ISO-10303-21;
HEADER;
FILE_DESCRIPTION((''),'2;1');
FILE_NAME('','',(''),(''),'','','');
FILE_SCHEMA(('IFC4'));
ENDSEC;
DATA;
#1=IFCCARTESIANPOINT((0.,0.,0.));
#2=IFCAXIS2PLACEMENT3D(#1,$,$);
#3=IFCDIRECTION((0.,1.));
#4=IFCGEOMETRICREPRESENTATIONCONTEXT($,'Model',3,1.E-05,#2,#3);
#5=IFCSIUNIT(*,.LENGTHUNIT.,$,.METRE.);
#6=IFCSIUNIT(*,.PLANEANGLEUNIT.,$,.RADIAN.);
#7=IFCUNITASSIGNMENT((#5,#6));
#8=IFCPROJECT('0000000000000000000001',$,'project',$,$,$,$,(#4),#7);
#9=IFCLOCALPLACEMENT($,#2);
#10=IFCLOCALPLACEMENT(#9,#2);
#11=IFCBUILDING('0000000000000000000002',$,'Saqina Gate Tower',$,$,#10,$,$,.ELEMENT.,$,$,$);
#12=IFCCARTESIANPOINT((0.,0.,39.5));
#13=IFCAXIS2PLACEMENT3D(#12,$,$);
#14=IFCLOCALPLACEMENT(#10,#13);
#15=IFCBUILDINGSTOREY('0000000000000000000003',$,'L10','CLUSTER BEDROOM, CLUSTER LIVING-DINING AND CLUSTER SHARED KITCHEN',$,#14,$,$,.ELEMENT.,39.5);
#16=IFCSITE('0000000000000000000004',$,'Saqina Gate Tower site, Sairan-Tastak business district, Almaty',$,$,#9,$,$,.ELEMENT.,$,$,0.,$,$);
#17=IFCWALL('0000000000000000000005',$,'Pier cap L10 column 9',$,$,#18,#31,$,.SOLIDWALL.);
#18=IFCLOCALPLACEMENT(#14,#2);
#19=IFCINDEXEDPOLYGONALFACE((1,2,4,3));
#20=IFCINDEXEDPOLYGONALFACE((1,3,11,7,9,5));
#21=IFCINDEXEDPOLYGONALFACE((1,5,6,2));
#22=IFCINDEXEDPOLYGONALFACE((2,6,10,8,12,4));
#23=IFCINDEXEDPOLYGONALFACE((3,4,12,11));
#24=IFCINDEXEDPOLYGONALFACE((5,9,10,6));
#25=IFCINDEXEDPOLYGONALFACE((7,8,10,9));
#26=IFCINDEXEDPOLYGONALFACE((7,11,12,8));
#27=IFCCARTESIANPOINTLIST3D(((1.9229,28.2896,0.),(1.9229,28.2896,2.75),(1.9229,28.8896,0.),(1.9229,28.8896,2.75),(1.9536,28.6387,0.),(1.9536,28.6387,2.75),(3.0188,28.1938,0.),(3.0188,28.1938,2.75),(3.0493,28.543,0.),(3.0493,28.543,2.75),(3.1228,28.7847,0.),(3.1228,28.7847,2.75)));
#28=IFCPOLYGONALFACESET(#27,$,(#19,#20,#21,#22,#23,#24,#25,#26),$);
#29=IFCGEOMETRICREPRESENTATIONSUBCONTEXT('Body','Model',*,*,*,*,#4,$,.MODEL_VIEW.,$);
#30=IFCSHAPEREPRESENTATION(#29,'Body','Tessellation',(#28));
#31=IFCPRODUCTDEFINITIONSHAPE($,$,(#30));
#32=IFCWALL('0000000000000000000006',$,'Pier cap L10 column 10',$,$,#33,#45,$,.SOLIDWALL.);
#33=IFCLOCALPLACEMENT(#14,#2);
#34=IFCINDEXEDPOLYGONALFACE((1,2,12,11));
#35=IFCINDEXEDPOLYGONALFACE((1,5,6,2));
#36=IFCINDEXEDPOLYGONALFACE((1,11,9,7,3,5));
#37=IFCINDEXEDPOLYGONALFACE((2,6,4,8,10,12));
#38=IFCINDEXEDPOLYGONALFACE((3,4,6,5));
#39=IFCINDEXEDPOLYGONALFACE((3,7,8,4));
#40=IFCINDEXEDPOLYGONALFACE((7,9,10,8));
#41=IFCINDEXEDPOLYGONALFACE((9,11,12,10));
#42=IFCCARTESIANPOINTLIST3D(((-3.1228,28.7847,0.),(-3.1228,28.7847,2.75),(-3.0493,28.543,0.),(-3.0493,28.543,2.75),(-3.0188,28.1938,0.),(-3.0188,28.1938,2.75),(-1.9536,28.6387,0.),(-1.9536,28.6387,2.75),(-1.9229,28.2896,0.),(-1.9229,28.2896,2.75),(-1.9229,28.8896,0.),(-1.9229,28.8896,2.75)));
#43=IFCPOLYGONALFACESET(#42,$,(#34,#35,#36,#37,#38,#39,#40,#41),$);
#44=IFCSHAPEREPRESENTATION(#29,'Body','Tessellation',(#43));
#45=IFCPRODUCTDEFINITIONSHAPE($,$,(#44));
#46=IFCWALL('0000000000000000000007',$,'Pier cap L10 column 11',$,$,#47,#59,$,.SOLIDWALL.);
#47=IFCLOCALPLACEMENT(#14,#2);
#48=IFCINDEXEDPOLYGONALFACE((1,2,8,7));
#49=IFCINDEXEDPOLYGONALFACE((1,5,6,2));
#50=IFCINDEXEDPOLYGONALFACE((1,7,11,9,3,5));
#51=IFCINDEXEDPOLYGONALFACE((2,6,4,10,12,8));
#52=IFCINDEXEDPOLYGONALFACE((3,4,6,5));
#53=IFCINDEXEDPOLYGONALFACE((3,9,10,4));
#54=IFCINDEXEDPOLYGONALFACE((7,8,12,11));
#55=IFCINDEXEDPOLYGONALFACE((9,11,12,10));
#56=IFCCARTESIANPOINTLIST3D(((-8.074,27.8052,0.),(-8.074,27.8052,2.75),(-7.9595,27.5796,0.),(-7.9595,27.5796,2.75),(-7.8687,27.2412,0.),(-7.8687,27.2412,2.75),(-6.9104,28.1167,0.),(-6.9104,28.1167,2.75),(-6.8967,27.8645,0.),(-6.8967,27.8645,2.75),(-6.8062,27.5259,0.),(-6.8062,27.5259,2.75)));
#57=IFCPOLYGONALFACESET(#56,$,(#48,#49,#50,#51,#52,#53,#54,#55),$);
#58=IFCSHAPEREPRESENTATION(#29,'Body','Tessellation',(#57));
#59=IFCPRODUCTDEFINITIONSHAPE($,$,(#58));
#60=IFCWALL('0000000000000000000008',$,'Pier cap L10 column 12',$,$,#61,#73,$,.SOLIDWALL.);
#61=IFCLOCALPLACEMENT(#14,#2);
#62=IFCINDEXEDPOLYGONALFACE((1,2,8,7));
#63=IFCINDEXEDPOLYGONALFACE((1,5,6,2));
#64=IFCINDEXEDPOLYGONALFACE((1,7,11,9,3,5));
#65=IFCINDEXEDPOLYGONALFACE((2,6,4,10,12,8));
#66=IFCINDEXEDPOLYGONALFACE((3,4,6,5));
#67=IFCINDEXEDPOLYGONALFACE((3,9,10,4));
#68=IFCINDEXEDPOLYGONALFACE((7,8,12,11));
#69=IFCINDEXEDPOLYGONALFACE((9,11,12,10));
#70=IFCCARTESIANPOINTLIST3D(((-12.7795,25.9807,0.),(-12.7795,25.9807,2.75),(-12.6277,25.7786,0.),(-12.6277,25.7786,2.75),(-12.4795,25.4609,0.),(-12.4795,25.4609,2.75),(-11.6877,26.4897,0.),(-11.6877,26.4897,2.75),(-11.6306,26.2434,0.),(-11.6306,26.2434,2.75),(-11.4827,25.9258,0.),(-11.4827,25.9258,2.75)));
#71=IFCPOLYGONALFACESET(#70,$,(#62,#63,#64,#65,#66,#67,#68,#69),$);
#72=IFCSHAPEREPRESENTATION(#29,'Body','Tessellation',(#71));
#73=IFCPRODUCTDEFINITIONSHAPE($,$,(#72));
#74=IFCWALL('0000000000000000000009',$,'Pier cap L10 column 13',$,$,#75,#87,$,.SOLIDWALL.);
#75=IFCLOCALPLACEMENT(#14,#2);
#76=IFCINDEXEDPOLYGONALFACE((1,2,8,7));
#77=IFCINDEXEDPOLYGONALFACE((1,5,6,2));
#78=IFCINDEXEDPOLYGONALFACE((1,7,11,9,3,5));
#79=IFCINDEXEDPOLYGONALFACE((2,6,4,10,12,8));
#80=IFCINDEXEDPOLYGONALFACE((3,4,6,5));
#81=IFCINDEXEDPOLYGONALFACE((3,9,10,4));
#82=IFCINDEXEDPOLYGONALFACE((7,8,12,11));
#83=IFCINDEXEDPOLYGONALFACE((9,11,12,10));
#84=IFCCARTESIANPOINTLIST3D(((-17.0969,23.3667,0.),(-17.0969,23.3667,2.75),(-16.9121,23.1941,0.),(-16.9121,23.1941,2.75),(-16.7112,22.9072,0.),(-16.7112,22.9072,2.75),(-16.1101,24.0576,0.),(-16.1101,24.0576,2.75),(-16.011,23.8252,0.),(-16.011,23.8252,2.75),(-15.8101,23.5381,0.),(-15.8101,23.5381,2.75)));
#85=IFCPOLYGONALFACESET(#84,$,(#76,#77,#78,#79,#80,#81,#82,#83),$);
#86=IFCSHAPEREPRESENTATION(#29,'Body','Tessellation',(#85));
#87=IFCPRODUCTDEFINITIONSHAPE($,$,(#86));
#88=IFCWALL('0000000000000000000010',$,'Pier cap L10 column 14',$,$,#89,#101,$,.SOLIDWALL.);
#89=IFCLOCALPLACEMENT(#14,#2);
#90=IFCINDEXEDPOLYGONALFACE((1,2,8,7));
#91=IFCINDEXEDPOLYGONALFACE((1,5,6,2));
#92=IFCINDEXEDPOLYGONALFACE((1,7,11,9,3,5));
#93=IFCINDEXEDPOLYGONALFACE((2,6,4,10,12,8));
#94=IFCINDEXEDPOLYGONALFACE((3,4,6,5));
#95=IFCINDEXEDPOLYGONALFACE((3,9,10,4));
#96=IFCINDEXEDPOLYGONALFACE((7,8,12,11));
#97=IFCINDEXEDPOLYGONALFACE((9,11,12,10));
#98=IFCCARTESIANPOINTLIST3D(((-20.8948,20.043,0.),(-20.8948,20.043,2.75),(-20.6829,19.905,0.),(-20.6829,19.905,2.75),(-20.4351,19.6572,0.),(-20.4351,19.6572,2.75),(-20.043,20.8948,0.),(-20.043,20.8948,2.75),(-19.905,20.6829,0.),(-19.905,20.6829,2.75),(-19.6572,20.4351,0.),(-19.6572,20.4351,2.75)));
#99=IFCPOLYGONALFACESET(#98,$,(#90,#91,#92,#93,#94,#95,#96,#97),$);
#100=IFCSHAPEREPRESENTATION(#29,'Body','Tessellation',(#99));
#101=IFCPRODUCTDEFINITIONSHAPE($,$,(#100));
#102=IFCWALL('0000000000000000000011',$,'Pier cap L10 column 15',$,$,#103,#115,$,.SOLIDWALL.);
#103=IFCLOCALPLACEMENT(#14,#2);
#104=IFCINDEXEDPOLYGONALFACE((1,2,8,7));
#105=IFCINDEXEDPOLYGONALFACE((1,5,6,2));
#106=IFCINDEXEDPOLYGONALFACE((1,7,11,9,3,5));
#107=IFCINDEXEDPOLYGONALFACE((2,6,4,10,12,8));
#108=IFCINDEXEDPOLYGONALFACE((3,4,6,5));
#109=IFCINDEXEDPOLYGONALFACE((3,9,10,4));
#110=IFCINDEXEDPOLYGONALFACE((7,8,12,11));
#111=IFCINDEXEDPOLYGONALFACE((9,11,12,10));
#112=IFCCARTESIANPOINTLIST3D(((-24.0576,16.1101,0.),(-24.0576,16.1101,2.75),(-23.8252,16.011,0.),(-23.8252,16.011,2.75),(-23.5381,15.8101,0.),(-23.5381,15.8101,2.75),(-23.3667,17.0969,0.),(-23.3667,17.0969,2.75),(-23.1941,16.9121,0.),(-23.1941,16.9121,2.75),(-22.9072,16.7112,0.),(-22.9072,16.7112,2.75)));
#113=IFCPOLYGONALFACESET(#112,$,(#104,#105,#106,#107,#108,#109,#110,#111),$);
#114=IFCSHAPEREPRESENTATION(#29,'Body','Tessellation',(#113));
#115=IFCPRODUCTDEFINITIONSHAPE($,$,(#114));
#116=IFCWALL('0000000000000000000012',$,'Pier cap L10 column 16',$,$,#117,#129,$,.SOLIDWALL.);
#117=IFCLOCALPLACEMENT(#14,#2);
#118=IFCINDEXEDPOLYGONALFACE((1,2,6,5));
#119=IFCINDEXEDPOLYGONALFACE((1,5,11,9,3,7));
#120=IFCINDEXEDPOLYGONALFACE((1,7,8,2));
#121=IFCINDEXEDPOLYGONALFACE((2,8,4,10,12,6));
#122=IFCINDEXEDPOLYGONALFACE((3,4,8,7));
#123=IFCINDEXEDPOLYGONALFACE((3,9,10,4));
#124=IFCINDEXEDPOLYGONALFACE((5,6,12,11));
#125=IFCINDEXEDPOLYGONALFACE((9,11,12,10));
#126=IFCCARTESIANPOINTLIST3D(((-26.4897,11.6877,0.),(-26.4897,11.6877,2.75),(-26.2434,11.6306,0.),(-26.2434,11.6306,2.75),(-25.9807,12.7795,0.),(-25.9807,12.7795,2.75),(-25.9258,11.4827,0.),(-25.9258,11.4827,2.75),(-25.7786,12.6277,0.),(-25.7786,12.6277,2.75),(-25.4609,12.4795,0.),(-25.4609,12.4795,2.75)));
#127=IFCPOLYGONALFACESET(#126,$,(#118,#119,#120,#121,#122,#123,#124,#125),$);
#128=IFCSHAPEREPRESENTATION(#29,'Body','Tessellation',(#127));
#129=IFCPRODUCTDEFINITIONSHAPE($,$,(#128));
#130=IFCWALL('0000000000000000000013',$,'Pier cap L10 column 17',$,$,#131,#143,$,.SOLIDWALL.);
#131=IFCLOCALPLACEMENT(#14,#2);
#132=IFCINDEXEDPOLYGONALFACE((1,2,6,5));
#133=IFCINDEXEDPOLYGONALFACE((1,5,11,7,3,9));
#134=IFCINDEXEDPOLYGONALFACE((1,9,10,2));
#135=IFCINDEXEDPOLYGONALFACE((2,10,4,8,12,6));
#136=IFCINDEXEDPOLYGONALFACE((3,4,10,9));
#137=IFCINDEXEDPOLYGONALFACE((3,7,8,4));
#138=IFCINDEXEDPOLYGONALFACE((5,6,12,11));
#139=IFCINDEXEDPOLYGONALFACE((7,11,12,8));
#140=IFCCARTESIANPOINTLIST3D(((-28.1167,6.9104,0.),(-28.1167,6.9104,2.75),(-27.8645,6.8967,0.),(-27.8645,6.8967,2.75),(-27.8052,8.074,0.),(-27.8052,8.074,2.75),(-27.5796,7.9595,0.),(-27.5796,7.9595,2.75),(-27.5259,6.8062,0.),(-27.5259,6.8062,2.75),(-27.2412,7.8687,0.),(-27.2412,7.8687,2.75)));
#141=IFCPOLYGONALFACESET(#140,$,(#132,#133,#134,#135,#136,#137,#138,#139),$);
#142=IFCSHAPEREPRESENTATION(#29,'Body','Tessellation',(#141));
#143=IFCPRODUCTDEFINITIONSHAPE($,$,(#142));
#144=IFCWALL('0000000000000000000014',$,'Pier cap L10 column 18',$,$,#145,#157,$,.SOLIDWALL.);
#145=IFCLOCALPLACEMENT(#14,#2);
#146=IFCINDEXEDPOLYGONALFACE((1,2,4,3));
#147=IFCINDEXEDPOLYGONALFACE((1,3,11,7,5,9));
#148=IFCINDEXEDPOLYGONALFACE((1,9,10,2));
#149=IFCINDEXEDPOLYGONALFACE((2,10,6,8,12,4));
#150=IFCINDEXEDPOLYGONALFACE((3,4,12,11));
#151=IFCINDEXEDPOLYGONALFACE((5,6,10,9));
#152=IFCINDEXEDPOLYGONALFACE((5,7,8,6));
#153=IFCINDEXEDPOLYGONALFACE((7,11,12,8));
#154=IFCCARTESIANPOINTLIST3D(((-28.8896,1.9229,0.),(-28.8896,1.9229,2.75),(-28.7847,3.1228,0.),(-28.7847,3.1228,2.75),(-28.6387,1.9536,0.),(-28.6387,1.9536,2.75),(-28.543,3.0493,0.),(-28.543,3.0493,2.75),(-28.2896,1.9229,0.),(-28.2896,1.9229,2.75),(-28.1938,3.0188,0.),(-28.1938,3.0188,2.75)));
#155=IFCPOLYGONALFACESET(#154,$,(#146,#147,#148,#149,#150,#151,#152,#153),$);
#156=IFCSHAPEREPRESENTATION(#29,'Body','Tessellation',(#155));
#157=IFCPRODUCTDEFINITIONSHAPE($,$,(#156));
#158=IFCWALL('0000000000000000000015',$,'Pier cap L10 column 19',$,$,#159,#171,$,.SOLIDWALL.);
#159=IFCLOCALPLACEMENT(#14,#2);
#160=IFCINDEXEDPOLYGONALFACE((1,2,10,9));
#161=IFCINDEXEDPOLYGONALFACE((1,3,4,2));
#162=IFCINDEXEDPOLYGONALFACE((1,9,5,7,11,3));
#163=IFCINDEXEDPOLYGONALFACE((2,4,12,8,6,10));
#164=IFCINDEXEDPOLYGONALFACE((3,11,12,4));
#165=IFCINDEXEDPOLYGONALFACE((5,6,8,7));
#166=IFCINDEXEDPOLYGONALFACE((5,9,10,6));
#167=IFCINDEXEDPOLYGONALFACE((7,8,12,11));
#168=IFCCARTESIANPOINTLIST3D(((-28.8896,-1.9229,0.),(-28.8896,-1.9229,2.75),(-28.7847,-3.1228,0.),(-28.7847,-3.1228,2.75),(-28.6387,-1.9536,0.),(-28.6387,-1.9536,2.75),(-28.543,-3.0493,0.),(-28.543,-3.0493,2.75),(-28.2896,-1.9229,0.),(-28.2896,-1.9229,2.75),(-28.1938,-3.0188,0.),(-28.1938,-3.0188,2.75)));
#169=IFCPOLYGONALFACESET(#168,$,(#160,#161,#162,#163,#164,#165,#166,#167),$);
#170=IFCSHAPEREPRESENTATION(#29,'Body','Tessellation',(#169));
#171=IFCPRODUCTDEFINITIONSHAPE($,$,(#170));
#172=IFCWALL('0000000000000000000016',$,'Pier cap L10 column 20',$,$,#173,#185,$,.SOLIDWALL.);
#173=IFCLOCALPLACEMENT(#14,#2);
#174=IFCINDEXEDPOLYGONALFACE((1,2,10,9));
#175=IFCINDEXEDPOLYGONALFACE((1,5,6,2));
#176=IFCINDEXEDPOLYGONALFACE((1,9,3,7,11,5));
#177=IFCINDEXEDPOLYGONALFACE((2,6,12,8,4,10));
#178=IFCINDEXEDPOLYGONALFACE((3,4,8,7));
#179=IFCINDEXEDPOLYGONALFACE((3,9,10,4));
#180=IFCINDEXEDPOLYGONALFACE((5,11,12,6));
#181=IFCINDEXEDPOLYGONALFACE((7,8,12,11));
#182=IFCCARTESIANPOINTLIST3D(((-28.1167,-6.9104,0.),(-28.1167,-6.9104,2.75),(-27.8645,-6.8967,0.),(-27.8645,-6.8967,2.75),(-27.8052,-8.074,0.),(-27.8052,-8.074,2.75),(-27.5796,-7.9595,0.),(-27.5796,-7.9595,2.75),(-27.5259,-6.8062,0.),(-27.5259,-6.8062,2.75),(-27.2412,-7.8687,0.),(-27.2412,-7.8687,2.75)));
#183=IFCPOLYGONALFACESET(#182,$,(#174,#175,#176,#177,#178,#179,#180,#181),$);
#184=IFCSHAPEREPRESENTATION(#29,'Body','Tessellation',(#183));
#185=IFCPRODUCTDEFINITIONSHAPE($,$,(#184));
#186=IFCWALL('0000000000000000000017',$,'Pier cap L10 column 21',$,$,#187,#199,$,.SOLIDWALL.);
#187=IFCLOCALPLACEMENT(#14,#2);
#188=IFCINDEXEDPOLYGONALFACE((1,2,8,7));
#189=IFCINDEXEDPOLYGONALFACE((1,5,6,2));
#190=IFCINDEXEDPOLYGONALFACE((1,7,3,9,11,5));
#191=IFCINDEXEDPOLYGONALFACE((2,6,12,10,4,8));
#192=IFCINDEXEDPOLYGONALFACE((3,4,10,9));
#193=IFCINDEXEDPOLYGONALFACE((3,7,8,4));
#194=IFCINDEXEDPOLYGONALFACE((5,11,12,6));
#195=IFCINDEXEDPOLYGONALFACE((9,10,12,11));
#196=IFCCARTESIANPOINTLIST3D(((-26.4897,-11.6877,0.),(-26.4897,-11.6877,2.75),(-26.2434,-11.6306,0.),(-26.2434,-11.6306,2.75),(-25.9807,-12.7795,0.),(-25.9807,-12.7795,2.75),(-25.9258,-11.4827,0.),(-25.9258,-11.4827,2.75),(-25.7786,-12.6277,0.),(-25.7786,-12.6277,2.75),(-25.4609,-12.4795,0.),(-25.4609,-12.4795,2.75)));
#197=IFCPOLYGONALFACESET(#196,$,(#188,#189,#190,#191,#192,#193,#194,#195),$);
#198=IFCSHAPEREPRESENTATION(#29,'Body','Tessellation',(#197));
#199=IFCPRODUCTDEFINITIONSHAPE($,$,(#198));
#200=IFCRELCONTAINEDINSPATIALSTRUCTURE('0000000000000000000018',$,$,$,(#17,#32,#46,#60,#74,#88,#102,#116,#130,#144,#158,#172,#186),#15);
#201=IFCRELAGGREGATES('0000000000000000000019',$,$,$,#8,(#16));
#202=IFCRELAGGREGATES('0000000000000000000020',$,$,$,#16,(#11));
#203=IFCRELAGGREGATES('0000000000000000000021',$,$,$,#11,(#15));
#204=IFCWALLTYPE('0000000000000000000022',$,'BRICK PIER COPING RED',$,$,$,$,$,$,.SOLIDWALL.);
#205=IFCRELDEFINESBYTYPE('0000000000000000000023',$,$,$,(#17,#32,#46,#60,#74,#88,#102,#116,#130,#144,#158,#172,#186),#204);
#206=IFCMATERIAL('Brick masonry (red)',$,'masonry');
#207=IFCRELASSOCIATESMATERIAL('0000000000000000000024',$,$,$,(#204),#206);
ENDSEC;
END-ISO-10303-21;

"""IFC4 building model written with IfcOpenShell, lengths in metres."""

from ifc_helpers import new_model, si_unit, direction, frame, origin, place, context, subcontext, project, spatial, polyline, outline, extrude, material, type_object, element, save


model = new_model("IFC4")

# Units and contexts
model_context = context("Model", 3, precision=1e-05, world=origin(), true_north=direction((0.0, 1.0)))
body_context = subcontext(model_context, "Body", "Model", "MODEL_VIEW")
ifc_project = project(units=[si_unit("LENGTHUNIT", "METRE"), si_unit("PLANEANGLEUNIT", "RADIAN")], contexts=[model_context])

# Site, building, storey
site_placement = place(None, origin())
site = spatial("IfcSite", under=ifc_project, at=site_placement, Name="Saqina Gate Tower site, Sairan-Tastak business district, Almaty", CompositionType="ELEMENT", RefElevation=0.0)
building_placement = place(site_placement, origin())
building = spatial("IfcBuilding", under=site, at=building_placement, Name="Saqina Gate Tower", CompositionType="ELEMENT")
storey_placement = place(building_placement, frame((0.0, 0.0, 39.5)))
storey = spatial("IfcBuildingStorey", under=building, at=storey_placement, Name="L10", Description="CLUSTER BEDROOM, CLUSTER LIVING-DINING AND CLUSTER SHARED KITCHEN", CompositionType="ELEMENT", Elevation=39.5)

# Walls
ifc_material = material(Name="Brick masonry (red)", Category="masonry")
wall_type = type_object("IfcWallType", Name="BRICK PIER COPING RED", PredefinedType="SOLIDWALL", material=ifc_material)
wall_1_placement = place(storey_placement, origin())
element("IfcWall", 1, at=wall_1_placement, inside=storey, type_object=wall_type, Name="Pier cap L10 column 9", PredefinedType="SOLIDWALL", context=body_context, shape_type="SweptSolid", body=[
    extrude(outline(polyline([(3.1228, 28.7847), (1.9229, 28.8896), (1.9229, 28.2896), (1.9536, 28.6387), (3.0493, 28.543), (3.0188, 28.1938), (3.1228, 28.7847)])), origin(), (0.0, 0.0, 1.0), 2.75),
])
wall_2_placement = place(storey_placement, origin())
element("IfcWall", 2, at=wall_2_placement, inside=storey, type_object=wall_type, Name="Pier cap L10 column 10", PredefinedType="SOLIDWALL", context=body_context, shape_type="SweptSolid", body=[
    extrude(outline(polyline([(-1.9229, 28.8896), (-3.1228, 28.7847), (-3.0188, 28.1938), (-3.0493, 28.543), (-1.9536, 28.6387), (-1.9229, 28.2896), (-1.9229, 28.8896)])), origin(), (0.0, 0.0, 1.0), 2.75),
])
wall_3_placement = place(storey_placement, origin())
element("IfcWall", 3, at=wall_3_placement, inside=storey, type_object=wall_type, Name="Pier cap L10 column 11", PredefinedType="SOLIDWALL", context=body_context, shape_type="SweptSolid", body=[
    extrude(outline(polyline([(-6.9104, 28.1167), (-8.074, 27.8052), (-7.8687, 27.2412), (-7.9595, 27.5796), (-6.8967, 27.8645), (-6.8062, 27.5259), (-6.9104, 28.1167)])), origin(), (0.0, 0.0, 1.0), 2.75),
])
wall_4_placement = place(storey_placement, origin())
element("IfcWall", 4, at=wall_4_placement, inside=storey, type_object=wall_type, Name="Pier cap L10 column 12", PredefinedType="SOLIDWALL", context=body_context, shape_type="SweptSolid", body=[
    extrude(outline(polyline([(-12.7795, 25.9807), (-12.4795, 25.4609), (-12.6277, 25.7786), (-11.6306, 26.2434), (-11.4827, 25.9258), (-11.6877, 26.4897), (-12.7795, 25.9807)])), origin(), (0.0, 0.0, 1.0), 2.75),
])
wall_5_placement = place(storey_placement, origin())
element("IfcWall", 5, at=wall_5_placement, inside=storey, type_object=wall_type, Name="Pier cap L10 column 13", PredefinedType="SOLIDWALL", context=body_context, shape_type="SweptSolid", body=[
    extrude(outline(polyline([(-16.1101, 24.0576), (-17.0969, 23.3667), (-16.7112, 22.9072), (-16.9121, 23.1941), (-16.011, 23.8252), (-15.8101, 23.5381), (-16.1101, 24.0576)])), origin(), (0.0, 0.0, 1.0), 2.75),
])
wall_6_placement = place(storey_placement, origin())
element("IfcWall", 6, at=wall_6_placement, inside=storey, type_object=wall_type, Name="Pier cap L10 column 14", PredefinedType="SOLIDWALL", context=body_context, shape_type="SweptSolid", body=[
    extrude(outline(polyline([(-20.8948, 20.043), (-20.4351, 19.6572), (-20.6829, 19.905), (-19.905, 20.6829), (-19.6572, 20.4351), (-20.043, 20.8948), (-20.8948, 20.043)])), origin(), (0.0, 0.0, 1.0), 2.75),
])
wall_7_placement = place(storey_placement, origin())
element("IfcWall", 7, at=wall_7_placement, inside=storey, type_object=wall_type, Name="Pier cap L10 column 15", PredefinedType="SOLIDWALL", context=body_context, shape_type="SweptSolid", body=[
    extrude(outline(polyline([(-23.3667, 17.0969), (-24.0576, 16.1101), (-23.5381, 15.8101), (-23.8252, 16.011), (-23.1941, 16.9121), (-22.9072, 16.7112), (-23.3667, 17.0969)])), origin(), (0.0, 0.0, 1.0), 2.75),
])
wall_8_placement = place(storey_placement, origin())
element("IfcWall", 8, at=wall_8_placement, inside=storey, type_object=wall_type, Name="Pier cap L10 column 16", PredefinedType="SOLIDWALL", context=body_context, shape_type="SweptSolid", body=[
    extrude(outline(polyline([(-26.4897, 11.6877), (-25.9258, 11.4827), (-26.2434, 11.6306), (-25.7786, 12.6277), (-25.4609, 12.4795), (-25.9807, 12.7795), (-26.4897, 11.6877)])), origin(), (0.0, 0.0, 1.0), 2.75),
])
wall_9_placement = place(storey_placement, origin())
element("IfcWall", 9, at=wall_9_placement, inside=storey, type_object=wall_type, Name="Pier cap L10 column 17", PredefinedType="SOLIDWALL", context=body_context, shape_type="SweptSolid", body=[
    extrude(outline(polyline([(-28.1167, 6.9104), (-27.5259, 6.8062), (-27.8645, 6.8967), (-27.5796, 7.9595), (-27.2412, 7.8687), (-27.8052, 8.074), (-28.1167, 6.9104)])), origin(), (0.0, 0.0, 1.0), 2.75),
])
wall_10_placement = place(storey_placement, origin())
element("IfcWall", 10, at=wall_10_placement, inside=storey, type_object=wall_type, Name="Pier cap L10 column 18", PredefinedType="SOLIDWALL", context=body_context, shape_type="SweptSolid", body=[
    extrude(outline(polyline([(-28.7847, 3.1228), (-28.8896, 1.9229), (-28.2896, 1.9229), (-28.6387, 1.9536), (-28.543, 3.0493), (-28.1938, 3.0188), (-28.7847, 3.1228)])), origin(), (0.0, 0.0, 1.0), 2.75),
])
wall_11_placement = place(storey_placement, origin())
element("IfcWall", 11, at=wall_11_placement, inside=storey, type_object=wall_type, Name="Pier cap L10 column 19", PredefinedType="SOLIDWALL", context=body_context, shape_type="SweptSolid", body=[
    extrude(outline(polyline([(-28.8896, -1.9229), (-28.7847, -3.1228), (-28.1938, -3.0188), (-28.543, -3.0493), (-28.6387, -1.9536), (-28.2896, -1.9229), (-28.8896, -1.9229)])), origin(), (0.0, 0.0, 1.0), 2.75),
])
wall_12_placement = place(storey_placement, origin())
element("IfcWall", 12, at=wall_12_placement, inside=storey, type_object=wall_type, Name="Pier cap L10 column 20", PredefinedType="SOLIDWALL", context=body_context, shape_type="SweptSolid", body=[
    extrude(outline(polyline([(-28.1167, -6.9104), (-27.8052, -8.074), (-27.2412, -7.8687), (-27.5796, -7.9595), (-27.8645, -6.8967), (-27.5259, -6.8062), (-28.1167, -6.9104)])), origin(), (0.0, 0.0, 1.0), 2.75),
])
wall_13_placement = place(storey_placement, origin())
element("IfcWall", 13, at=wall_13_placement, inside=storey, type_object=wall_type, Name="Pier cap L10 column 21", PredefinedType="SOLIDWALL", context=body_context, shape_type="SweptSolid", body=[
    extrude(outline(polyline([(-25.9807, -12.7795), (-25.4609, -12.4795), (-25.7786, -12.6277), (-26.2434, -11.6306), (-25.9258, -11.4827), (-26.4897, -11.6877), (-25.9807, -12.7795)])), origin(), (0.0, 0.0, 1.0), 2.75),
])

save(model, "model.ifc")
